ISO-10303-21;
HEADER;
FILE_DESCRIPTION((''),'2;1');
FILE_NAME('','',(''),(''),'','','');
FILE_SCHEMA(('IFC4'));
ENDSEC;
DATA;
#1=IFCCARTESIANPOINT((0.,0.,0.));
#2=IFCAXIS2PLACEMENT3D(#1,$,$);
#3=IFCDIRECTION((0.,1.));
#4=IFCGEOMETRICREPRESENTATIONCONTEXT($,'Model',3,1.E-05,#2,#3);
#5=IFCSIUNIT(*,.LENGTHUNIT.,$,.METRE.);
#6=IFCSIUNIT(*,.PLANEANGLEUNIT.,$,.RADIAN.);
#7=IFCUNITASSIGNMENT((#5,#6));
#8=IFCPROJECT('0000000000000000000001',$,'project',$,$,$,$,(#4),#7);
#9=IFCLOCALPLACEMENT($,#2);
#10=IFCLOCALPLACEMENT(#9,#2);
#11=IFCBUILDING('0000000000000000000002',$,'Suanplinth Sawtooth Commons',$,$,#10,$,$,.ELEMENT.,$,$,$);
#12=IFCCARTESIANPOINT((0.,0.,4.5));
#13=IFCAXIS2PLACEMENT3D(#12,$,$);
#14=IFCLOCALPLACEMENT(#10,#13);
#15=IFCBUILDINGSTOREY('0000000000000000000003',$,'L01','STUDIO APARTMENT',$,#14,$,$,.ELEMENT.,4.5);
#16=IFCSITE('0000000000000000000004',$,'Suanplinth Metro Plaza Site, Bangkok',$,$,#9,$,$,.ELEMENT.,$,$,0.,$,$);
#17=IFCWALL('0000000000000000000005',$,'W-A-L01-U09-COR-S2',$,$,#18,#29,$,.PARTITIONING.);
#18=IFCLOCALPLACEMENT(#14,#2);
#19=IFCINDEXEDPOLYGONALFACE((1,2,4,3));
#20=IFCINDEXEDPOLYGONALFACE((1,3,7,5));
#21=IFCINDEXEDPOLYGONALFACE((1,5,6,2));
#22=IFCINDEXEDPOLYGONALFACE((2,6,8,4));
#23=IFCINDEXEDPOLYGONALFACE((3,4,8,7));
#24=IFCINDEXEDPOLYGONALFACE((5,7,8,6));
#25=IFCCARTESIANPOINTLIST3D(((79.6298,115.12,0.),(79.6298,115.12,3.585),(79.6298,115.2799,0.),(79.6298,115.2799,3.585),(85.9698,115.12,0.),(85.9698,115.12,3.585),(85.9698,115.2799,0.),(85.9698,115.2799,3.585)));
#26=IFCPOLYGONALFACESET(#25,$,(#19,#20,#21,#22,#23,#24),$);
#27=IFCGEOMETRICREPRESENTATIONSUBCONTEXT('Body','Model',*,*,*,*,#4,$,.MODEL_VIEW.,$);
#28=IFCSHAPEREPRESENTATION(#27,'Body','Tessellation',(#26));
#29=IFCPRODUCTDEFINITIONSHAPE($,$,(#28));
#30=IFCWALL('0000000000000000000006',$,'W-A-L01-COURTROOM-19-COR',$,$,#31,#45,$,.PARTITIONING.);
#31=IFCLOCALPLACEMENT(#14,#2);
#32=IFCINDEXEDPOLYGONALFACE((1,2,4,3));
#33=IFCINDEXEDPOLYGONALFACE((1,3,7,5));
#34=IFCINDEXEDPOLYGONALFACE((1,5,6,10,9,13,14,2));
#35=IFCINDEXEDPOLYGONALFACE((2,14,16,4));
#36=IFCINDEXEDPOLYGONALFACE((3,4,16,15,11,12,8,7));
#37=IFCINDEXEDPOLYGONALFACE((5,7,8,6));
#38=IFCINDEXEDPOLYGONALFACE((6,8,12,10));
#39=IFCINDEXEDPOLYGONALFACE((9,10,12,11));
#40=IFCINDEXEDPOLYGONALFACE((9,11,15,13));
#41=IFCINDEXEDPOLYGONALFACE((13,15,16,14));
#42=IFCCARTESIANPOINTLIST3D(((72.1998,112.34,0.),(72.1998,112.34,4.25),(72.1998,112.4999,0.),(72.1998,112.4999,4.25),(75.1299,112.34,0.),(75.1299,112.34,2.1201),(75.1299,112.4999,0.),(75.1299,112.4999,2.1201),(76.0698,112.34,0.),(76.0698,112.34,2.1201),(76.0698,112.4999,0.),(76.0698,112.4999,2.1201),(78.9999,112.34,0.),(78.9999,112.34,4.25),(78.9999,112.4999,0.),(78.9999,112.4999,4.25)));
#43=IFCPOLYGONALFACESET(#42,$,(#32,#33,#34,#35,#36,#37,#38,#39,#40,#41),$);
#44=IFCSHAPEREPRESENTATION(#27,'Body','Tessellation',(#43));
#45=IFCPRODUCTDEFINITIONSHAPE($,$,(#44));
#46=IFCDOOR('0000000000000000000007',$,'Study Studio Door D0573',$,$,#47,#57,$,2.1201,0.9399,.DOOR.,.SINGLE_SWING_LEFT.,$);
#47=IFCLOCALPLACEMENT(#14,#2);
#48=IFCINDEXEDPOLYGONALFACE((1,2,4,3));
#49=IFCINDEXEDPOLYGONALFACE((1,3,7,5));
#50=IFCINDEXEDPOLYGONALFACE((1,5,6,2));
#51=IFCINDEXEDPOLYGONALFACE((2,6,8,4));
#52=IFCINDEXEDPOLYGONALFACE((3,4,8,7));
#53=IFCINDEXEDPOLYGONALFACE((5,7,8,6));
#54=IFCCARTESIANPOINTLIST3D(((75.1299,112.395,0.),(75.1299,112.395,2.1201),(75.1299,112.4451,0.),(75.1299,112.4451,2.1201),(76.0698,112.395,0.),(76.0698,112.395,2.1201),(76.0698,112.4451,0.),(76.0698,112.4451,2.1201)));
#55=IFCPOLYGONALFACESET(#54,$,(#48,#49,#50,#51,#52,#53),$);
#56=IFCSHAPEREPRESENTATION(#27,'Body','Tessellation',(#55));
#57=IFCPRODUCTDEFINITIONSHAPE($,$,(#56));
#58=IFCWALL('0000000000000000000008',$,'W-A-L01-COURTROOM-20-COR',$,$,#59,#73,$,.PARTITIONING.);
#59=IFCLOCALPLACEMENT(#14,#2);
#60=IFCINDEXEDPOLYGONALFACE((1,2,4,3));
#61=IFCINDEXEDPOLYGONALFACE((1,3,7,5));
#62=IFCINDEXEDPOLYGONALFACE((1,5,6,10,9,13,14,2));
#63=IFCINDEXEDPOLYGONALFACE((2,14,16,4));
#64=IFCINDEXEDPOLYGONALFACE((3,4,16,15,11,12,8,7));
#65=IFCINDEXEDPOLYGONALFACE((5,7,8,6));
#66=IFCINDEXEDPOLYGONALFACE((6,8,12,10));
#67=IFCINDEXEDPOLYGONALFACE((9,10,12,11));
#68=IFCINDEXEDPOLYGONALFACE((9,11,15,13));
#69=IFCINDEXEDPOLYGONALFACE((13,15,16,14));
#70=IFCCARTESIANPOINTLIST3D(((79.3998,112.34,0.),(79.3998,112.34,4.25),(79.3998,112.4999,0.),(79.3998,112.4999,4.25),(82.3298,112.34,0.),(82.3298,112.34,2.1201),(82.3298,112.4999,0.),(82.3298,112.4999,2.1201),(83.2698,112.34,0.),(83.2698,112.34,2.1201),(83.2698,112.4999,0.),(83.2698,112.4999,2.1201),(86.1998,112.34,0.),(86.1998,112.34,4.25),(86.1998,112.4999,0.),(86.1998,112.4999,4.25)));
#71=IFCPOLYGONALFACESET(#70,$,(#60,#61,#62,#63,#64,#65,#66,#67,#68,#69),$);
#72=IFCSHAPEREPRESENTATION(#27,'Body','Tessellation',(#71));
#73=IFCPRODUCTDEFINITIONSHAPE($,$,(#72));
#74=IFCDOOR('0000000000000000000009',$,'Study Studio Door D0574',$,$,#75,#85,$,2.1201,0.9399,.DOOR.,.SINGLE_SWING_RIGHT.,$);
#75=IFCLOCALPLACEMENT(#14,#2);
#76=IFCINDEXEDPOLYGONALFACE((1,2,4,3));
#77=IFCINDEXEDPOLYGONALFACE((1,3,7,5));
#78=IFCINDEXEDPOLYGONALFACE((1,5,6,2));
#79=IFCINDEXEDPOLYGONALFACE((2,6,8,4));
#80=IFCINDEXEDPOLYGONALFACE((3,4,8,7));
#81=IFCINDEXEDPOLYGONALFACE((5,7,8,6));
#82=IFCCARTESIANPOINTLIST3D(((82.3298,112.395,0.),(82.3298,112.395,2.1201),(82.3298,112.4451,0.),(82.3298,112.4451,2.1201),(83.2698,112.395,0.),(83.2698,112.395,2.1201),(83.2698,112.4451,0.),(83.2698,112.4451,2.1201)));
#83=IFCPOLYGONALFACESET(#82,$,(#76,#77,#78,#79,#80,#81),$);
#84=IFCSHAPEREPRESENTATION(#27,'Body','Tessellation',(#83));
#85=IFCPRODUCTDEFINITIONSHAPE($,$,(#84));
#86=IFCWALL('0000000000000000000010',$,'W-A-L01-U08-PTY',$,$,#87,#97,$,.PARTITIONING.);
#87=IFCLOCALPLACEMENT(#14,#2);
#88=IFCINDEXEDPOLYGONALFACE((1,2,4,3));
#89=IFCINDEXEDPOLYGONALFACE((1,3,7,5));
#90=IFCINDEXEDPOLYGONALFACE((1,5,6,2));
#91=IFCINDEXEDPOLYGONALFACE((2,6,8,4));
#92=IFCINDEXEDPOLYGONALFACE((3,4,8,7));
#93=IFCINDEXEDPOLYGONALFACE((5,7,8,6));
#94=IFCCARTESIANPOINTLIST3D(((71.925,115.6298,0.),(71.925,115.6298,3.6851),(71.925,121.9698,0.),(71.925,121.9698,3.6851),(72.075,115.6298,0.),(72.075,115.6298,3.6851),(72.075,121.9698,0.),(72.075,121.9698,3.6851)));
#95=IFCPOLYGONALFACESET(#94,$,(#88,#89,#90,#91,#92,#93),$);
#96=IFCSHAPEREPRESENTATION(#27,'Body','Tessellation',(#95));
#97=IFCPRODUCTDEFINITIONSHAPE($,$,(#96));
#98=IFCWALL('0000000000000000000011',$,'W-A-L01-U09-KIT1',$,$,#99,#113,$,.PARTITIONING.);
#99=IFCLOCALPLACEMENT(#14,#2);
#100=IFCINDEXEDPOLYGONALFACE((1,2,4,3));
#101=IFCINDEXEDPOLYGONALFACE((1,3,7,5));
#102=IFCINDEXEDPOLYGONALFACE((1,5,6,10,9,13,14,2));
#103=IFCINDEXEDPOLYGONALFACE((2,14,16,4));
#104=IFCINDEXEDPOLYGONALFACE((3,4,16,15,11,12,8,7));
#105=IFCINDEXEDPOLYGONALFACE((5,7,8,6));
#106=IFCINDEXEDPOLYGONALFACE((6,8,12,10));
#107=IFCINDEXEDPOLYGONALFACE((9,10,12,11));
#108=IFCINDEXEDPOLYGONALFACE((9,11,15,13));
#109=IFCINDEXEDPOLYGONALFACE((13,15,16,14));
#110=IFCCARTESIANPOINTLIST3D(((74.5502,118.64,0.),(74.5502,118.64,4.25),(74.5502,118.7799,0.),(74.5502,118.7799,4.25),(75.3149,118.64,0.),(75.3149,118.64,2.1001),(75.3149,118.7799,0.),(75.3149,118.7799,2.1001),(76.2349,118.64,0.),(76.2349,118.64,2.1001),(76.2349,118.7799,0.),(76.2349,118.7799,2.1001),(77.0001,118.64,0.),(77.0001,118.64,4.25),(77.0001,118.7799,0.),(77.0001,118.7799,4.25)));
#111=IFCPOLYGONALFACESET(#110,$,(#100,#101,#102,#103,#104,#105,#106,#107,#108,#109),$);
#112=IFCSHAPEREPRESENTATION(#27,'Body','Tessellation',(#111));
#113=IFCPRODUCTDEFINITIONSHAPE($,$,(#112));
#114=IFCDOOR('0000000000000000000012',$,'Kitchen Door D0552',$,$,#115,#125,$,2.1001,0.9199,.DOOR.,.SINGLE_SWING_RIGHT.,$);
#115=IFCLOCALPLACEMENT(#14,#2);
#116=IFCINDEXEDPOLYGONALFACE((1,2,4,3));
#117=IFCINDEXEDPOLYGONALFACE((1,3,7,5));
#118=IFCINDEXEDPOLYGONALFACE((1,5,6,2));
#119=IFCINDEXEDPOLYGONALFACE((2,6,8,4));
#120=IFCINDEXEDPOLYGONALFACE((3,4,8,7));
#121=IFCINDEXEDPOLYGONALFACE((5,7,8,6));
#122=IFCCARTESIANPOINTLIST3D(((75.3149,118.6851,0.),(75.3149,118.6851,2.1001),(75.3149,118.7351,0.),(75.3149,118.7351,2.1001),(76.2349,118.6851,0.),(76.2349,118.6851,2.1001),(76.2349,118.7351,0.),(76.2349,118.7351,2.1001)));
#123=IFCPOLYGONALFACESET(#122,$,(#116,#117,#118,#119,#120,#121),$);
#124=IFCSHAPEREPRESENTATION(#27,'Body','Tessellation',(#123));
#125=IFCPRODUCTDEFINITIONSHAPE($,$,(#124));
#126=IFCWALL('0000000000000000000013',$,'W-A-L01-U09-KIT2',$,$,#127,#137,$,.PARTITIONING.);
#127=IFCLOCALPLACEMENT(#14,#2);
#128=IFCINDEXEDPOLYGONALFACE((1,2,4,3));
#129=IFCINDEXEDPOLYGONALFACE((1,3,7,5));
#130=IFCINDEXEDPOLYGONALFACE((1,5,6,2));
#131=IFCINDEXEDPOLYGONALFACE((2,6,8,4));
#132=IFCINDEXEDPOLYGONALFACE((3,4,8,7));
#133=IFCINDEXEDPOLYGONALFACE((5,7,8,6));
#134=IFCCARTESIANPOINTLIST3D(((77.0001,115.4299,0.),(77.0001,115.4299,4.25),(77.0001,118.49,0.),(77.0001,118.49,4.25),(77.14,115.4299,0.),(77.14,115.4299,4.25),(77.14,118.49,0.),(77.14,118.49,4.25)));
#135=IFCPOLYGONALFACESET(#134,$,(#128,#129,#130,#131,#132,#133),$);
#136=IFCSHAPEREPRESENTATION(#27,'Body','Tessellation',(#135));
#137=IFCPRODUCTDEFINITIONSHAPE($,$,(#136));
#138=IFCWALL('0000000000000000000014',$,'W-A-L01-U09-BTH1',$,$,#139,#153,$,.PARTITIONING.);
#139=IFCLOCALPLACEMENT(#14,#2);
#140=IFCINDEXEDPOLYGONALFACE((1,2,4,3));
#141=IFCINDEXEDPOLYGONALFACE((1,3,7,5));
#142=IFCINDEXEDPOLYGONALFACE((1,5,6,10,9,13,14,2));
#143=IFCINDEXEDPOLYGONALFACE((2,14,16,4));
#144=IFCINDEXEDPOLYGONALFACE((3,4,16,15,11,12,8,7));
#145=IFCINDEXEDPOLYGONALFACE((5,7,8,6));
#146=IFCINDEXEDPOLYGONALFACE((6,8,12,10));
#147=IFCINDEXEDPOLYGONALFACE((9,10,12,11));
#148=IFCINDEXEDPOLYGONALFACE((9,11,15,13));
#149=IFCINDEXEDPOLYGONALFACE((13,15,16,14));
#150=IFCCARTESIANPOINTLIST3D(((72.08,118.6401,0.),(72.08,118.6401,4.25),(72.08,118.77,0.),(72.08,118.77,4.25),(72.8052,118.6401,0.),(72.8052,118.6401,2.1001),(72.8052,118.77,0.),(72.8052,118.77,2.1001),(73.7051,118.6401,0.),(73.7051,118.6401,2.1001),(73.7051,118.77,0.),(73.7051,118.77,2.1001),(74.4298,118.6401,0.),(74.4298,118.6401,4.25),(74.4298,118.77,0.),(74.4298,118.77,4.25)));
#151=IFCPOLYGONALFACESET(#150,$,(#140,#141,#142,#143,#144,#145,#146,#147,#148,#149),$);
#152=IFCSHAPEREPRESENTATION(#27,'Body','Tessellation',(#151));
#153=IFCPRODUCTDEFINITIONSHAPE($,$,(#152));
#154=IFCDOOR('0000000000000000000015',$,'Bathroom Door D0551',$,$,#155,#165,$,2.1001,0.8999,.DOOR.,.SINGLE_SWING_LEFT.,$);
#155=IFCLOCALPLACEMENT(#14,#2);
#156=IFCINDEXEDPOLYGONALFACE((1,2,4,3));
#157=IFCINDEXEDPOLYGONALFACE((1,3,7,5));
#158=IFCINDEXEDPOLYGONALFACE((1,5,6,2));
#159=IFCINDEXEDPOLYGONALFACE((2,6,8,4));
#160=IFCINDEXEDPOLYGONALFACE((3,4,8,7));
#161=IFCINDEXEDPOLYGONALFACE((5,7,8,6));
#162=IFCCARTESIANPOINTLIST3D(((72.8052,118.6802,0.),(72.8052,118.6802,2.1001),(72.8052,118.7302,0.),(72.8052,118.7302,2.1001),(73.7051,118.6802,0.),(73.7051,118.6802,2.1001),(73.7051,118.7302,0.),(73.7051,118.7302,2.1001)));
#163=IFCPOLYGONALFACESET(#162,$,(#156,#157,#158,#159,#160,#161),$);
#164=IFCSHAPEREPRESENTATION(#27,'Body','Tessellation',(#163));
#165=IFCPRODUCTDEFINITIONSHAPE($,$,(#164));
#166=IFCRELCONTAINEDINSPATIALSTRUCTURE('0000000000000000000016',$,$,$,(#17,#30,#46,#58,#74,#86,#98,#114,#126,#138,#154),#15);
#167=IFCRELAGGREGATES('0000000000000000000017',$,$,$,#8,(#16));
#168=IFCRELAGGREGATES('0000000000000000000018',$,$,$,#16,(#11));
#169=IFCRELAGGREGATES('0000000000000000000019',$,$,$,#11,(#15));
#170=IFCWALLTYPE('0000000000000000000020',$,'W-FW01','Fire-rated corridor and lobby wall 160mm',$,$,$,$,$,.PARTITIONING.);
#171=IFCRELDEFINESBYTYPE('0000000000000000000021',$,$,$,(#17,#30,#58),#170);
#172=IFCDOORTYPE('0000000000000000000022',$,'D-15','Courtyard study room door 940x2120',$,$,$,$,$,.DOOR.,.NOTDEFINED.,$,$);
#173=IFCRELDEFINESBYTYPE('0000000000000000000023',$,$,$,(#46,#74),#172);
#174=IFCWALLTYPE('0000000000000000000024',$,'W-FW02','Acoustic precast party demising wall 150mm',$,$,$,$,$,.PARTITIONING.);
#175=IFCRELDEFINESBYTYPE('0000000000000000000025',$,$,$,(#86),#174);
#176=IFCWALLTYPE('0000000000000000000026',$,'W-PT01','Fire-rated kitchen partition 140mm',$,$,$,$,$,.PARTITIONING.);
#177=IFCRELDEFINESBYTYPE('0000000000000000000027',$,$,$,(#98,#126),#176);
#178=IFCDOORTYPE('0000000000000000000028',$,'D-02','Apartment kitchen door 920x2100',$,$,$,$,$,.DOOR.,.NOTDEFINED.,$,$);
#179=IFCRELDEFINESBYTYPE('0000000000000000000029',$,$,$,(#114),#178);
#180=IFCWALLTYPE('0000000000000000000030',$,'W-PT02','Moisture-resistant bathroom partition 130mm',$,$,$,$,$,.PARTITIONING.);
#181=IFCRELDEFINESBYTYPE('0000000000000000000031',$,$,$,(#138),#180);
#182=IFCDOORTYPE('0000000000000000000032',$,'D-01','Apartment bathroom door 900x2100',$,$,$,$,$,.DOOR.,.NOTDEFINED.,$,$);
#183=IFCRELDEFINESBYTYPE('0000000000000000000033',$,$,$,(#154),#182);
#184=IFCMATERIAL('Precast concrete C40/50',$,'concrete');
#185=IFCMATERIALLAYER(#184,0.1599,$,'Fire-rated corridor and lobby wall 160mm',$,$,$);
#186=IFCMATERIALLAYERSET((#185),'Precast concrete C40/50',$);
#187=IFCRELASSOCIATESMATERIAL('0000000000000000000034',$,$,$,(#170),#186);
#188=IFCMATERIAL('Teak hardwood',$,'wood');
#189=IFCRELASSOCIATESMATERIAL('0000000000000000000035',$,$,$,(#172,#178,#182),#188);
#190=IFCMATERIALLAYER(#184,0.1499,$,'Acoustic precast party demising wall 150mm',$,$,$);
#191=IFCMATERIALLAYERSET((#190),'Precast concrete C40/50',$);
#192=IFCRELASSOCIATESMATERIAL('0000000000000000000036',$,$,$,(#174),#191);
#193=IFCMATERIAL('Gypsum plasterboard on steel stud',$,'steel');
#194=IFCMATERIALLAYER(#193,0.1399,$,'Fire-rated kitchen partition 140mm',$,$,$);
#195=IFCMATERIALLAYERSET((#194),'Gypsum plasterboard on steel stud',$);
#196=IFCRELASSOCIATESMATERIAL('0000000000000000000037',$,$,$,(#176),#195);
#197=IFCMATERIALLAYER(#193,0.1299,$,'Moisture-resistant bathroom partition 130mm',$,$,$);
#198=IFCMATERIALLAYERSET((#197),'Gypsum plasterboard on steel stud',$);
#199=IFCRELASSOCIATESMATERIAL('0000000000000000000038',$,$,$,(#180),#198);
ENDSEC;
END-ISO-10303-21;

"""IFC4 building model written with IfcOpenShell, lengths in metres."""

from ifc_helpers import new_model, si_unit, direction, frame, frame_2d, origin, place, context, subcontext, project, spatial, rectangle, extrude, material, layer, layer_set, type_object, element, fill, save


model = new_model("IFC4")

# Units and contexts
model_context = context("Model", 3, precision=1e-05, world=origin(), true_north=direction((0.0, 1.0)))
body_context = subcontext(model_context, "Body", "Model", "MODEL_VIEW")
ifc_project = project(units=[si_unit("LENGTHUNIT", "METRE"), si_unit("PLANEANGLEUNIT", "RADIAN")], contexts=[model_context])

# Site, building, storey
site_placement = place(None, origin())
site = spatial("IfcSite", under=ifc_project, at=site_placement, Name="Suanplinth Metro Plaza Site, Bangkok", CompositionType="ELEMENT", RefElevation=0.0)
building_placement = place(site_placement, origin())
building = spatial("IfcBuilding", under=site, at=building_placement, Name="Suanplinth Sawtooth Commons", CompositionType="ELEMENT")
storey_placement = place(building_placement, frame((0.0, 0.0, 4.5)))
storey = spatial("IfcBuildingStorey", under=building, at=storey_placement, Name="L01", Description="STUDIO APARTMENT", CompositionType="ELEMENT", Elevation=4.5)

# Shared definitions
ifc_material_1 = material(Name="Precast concrete C40/50", Category="concrete")
ifc_layer_1 = layer(ifc_material_1, 0.1599, Name="Fire-rated corridor and lobby wall 160mm")
ifc_layer_set_1 = layer_set([ifc_layer_1], Name="Precast concrete C40/50")
wall_type_1 = type_object("IfcWallType", Name="W-FW01", Description="Fire-rated corridor and lobby wall 160mm", PredefinedType="PARTITIONING", material=ifc_layer_set_1)

# Wall
wall_1_placement = place(storey_placement, frame((79.6299, 115.2, 0.0), z_axis=(0.0, 0.0, 1.0), x_axis=(1.0, 0.0, 0.0)))
element("IfcWall", 1, at=wall_1_placement, inside=storey, type_object=wall_type_1, Name="W-A-L01-U09-COR-S2", PredefinedType="PARTITIONING", context=body_context, shape_type="SweptSolid", body=[
    extrude(rectangle(XDim=6.3401, YDim=0.1599, at=frame_2d((3.1699, 0.0))), origin(), (0.0, 0.0, 1.0), 3.585),
])

# Walls, openings, doors
wall_2_placement = place(storey_placement, frame((72.2, 112.4199, 0.0), z_axis=(0.0, 0.0, 1.0), x_axis=(1.0, 0.0, 0.0)))
wall_2 = element("IfcWall", 2, at=wall_2_placement, inside=storey, type_object=wall_type_1, Name="W-A-L01-COURTROOM-19-COR", PredefinedType="PARTITIONING", context=body_context, shape_type="SweptSolid", body=[
    extrude(rectangle(XDim=6.8, YDim=0.1599, at=frame_2d((3.3999, 0.0))), origin(), (0.0, 0.0, 1.0), 4.25),
])
opening_1_placement = place(wall_2_placement, frame((2.9299, 0.0, 0.0)))
opening_1 = element("IfcOpeningElement", 3, at=opening_1_placement, cuts=wall_2, PredefinedType="OPENING", context=body_context, shape_type="SweptSolid", body=[
    extrude(rectangle(XDim=0.9399, YDim=2.1201, at=frame_2d((0.47, 1.0601))), frame((0.0, 0.0947, 0.0), z_axis=(0.0, -1.0, 0.0), x_axis=(1.0, 0.0, 0.0)), (0.0, 0.0, 1.0), 0.1897),
])
ifc_material_2 = material(Name="Teak hardwood", Category="wood")
door_type_1 = type_object("IfcDoorType", Name="D-15", Description="Courtyard study room door 940x2120", OperationType="NOTDEFINED", PredefinedType="DOOR", material=ifc_material_2)
door_1_placement = place(opening_1_placement, frame((0.9399, 0.0, 0.0), z_axis=(0.0, 0.0, 1.0), x_axis=(-1.0, 0.0, 0.0)))
door_1 = element("IfcDoor", 4, at=door_1_placement, inside=storey, type_object=door_type_1, Name="Study Studio Door D0573", OperationType="SINGLE_SWING_LEFT", OverallHeight=2.1201, OverallWidth=0.9399, PredefinedType="DOOR", context=body_context, shape_type="SweptSolid", body=[
    extrude(rectangle(XDim=0.9399, YDim=2.1201, at=frame_2d((0.47, 1.0601))), frame((0.0, 0.0249, 0.0), z_axis=(0.0, -1.0, 0.0), x_axis=(1.0, 0.0, 0.0)), (0.0, 0.0, 1.0), 0.05),
])
fill(opening_1, door_1)
wall_3_placement = place(storey_placement, frame((79.3999, 112.4199, 0.0), z_axis=(0.0, 0.0, 1.0), x_axis=(1.0, 0.0, 0.0)))
wall_3 = element("IfcWall", 5, at=wall_3_placement, inside=storey, type_object=wall_type_1, Name="W-A-L01-COURTROOM-20-COR", PredefinedType="PARTITIONING", context=body_context, shape_type="SweptSolid", body=[
    extrude(rectangle(XDim=6.8, YDim=0.1599, at=frame_2d((3.3999, 0.0))), origin(), (0.0, 0.0, 1.0), 4.25),
])
opening_2_placement = place(wall_3_placement, frame((2.9299, 0.0, 0.0)))
opening_2 = element("IfcOpeningElement", 6, at=opening_2_placement, cuts=wall_3, PredefinedType="OPENING", context=body_context, shape_type="SweptSolid", body=[
    extrude(rectangle(XDim=0.9399, YDim=2.1201, at=frame_2d((0.47, 1.0601))), frame((0.0, 0.0947, 0.0), z_axis=(0.0, -1.0, 0.0), x_axis=(1.0, 0.0, 0.0)), (0.0, 0.0, 1.0), 0.1897),
])
door_2_placement = place(opening_2_placement, frame((0.9399, 0.0, 0.0), z_axis=(0.0, 0.0, 1.0), x_axis=(-1.0, 0.0, 0.0)))
door_2 = element("IfcDoor", 7, at=door_2_placement, inside=storey, type_object=door_type_1, Name="Study Studio Door D0574", OperationType="SINGLE_SWING_RIGHT", OverallHeight=2.1201, OverallWidth=0.9399, PredefinedType="DOOR", context=body_context, shape_type="SweptSolid", body=[
    extrude(rectangle(XDim=0.9399, YDim=2.1201, at=frame_2d((0.47, 1.0601))), frame((0.0, 0.0249, 0.0), z_axis=(0.0, -1.0, 0.0), x_axis=(1.0, 0.0, 0.0)), (0.0, 0.0, 1.0), 0.05),
])
fill(opening_2, door_2)

# Wall
ifc_layer_2 = layer(ifc_material_1, 0.1499, Name="Acoustic precast party demising wall 150mm")
ifc_layer_set_2 = layer_set([ifc_layer_2], Name="Precast concrete C40/50")
wall_type_2 = type_object("IfcWallType", Name="W-FW02", Description="Acoustic precast party demising wall 150mm", PredefinedType="PARTITIONING", material=ifc_layer_set_2)
wall_4_placement = place(storey_placement, frame((72.0, 115.6299, 0.0), z_axis=(0.0, 0.0, 1.0), x_axis=(0.0, 1.0, 0.0)))
element("IfcWall", 8, at=wall_4_placement, inside=storey, type_object=wall_type_2, Name="W-A-L01-U08-PTY", PredefinedType="PARTITIONING", context=body_context, shape_type="SweptSolid", body=[
    extrude(rectangle(XDim=6.3401, YDim=0.1499, at=frame_2d((3.1699, 0.0))), origin(), (0.0, 0.0, 1.0), 3.6851),
])

# Wall, opening, door
ifc_material_3 = material(Name="Gypsum plasterboard on steel stud", Category="steel")
ifc_layer_3 = layer(ifc_material_3, 0.1399, Name="Fire-rated kitchen partition 140mm")
ifc_layer_set_3 = layer_set([ifc_layer_3], Name="Gypsum plasterboard on steel stud")
wall_type_3 = type_object("IfcWallType", Name="W-PT01", Description="Fire-rated kitchen partition 140mm", PredefinedType="PARTITIONING", material=ifc_layer_set_3)
wall_5_placement = place(storey_placement, frame((74.55, 118.71, 0.0), z_axis=(0.0, 0.0, 1.0), x_axis=(1.0, 0.0, 0.0)))
wall_5 = element("IfcWall", 9, at=wall_5_placement, inside=storey, type_object=wall_type_3, Name="W-A-L01-U09-KIT1", PredefinedType="PARTITIONING", context=body_context, shape_type="SweptSolid", body=[
    extrude(rectangle(XDim=2.45, YDim=0.1399, at=frame_2d((1.2251, 0.0))), origin(), (0.0, 0.0, 1.0), 4.25),
])
opening_3_placement = place(wall_5_placement, frame((0.7649, 0.0, 0.0)))
opening_3 = element("IfcOpeningElement", 10, at=opening_3_placement, cuts=wall_5, PredefinedType="OPENING", context=body_context, shape_type="SweptSolid", body=[
    extrude(rectangle(XDim=0.9199, YDim=2.1001, at=frame_2d((0.46, 1.05))), frame((0.0, 0.085, 0.0), z_axis=(0.0, -1.0, 0.0), x_axis=(1.0, 0.0, 0.0)), (0.0, 0.0, 1.0), 0.1697),
])
door_type_2 = type_object("IfcDoorType", Name="D-02", Description="Apartment kitchen door 920x2100", OperationType="NOTDEFINED", PredefinedType="DOOR", material=ifc_material_2)
door_3_placement = place(opening_3_placement, frame((0.9199, 0.0, 0.0), z_axis=(0.0, 0.0, 1.0), x_axis=(-1.0, 0.0, 0.0)))
door_3 = element("IfcDoor", 11, at=door_3_placement, inside=storey, type_object=door_type_2, Name="Kitchen Door D0552", OperationType="SINGLE_SWING_RIGHT", OverallHeight=2.1001, OverallWidth=0.9199, PredefinedType="DOOR", context=body_context, shape_type="SweptSolid", body=[
    extrude(rectangle(XDim=0.9199, YDim=2.1001, at=frame_2d((0.46, 1.05))), frame((0.0, 0.0249, 0.0), z_axis=(0.0, -1.0, 0.0), x_axis=(1.0, 0.0, 0.0)), (0.0, 0.0, 1.0), 0.05),
])
fill(opening_3, door_3)

# Wall
wall_6_placement = place(storey_placement, frame((77.0701, 115.4299, 0.0), z_axis=(0.0, 0.0, 1.0), x_axis=(0.0, 1.0, 0.0)))
element("IfcWall", 12, at=wall_6_placement, inside=storey, type_object=wall_type_3, Name="W-A-L01-U09-KIT2", PredefinedType="PARTITIONING", context=body_context, shape_type="SweptSolid", body=[
    extrude(rectangle(XDim=3.0601, YDim=0.1399, at=frame_2d((1.53, 0.0))), origin(), (0.0, 0.0, 1.0), 4.25),
])

# Wall, opening, door
ifc_layer_4 = layer(ifc_material_3, 0.1299, Name="Moisture-resistant bathroom partition 130mm")
ifc_layer_set_4 = layer_set([ifc_layer_4], Name="Gypsum plasterboard on steel stud")
wall_type_4 = type_object("IfcWallType", Name="W-PT02", Description="Moisture-resistant bathroom partition 130mm", PredefinedType="PARTITIONING", material=ifc_layer_set_4)
wall_7_placement = place(storey_placement, frame((72.0801, 118.7051, 0.0), z_axis=(0.0, 0.0, 1.0), x_axis=(1.0, 0.0, 0.0)))
wall_7 = element("IfcWall", 13, at=wall_7_placement, inside=storey, type_object=wall_type_4, Name="W-A-L01-U09-BTH1", PredefinedType="PARTITIONING", context=body_context, shape_type="SweptSolid", body=[
    extrude(rectangle(XDim=2.3499, YDim=0.1299, at=frame_2d((1.1748, 0.0))), origin(), (0.0, 0.0, 1.0), 4.25),
])
opening_4_placement = place(wall_7_placement, frame((0.7251, 0.0, 0.0)))
opening_4 = element("IfcOpeningElement", 14, at=opening_4_placement, cuts=wall_7, PredefinedType="OPENING", context=body_context, shape_type="SweptSolid", body=[
    extrude(rectangle(XDim=0.8999, YDim=2.1001, at=frame_2d((0.45, 1.05))), frame((0.0, 0.0798, 0.0), z_axis=(0.0, -1.0, 0.0), x_axis=(1.0, 0.0, 0.0)), (0.0, 0.0, 1.0), 0.1597),
])
door_type_3 = type_object("IfcDoorType", Name="D-01", Description="Apartment bathroom door 900x2100", OperationType="NOTDEFINED", PredefinedType="DOOR", material=ifc_material_2)
door_4_placement = place(opening_4_placement, frame((0.8999, 0.0, 0.0), z_axis=(0.0, 0.0, 1.0), x_axis=(-1.0, 0.0, 0.0)))
door_4 = element("IfcDoor", 15, at=door_4_placement, inside=storey, type_object=door_type_3, Name="Bathroom Door D0551", OperationType="SINGLE_SWING_LEFT", OverallHeight=2.1001, OverallWidth=0.8999, PredefinedType="DOOR", context=body_context, shape_type="SweptSolid", body=[
    extrude(rectangle(XDim=0.8999, YDim=2.1001, at=frame_2d((0.45, 1.05))), frame((0.0, 0.0249, 0.0), z_axis=(0.0, -1.0, 0.0), x_axis=(1.0, 0.0, 0.0)), (0.0, 0.0, 1.0), 0.05),
])
fill(opening_4, door_4)

save(model, "model.ifc")
